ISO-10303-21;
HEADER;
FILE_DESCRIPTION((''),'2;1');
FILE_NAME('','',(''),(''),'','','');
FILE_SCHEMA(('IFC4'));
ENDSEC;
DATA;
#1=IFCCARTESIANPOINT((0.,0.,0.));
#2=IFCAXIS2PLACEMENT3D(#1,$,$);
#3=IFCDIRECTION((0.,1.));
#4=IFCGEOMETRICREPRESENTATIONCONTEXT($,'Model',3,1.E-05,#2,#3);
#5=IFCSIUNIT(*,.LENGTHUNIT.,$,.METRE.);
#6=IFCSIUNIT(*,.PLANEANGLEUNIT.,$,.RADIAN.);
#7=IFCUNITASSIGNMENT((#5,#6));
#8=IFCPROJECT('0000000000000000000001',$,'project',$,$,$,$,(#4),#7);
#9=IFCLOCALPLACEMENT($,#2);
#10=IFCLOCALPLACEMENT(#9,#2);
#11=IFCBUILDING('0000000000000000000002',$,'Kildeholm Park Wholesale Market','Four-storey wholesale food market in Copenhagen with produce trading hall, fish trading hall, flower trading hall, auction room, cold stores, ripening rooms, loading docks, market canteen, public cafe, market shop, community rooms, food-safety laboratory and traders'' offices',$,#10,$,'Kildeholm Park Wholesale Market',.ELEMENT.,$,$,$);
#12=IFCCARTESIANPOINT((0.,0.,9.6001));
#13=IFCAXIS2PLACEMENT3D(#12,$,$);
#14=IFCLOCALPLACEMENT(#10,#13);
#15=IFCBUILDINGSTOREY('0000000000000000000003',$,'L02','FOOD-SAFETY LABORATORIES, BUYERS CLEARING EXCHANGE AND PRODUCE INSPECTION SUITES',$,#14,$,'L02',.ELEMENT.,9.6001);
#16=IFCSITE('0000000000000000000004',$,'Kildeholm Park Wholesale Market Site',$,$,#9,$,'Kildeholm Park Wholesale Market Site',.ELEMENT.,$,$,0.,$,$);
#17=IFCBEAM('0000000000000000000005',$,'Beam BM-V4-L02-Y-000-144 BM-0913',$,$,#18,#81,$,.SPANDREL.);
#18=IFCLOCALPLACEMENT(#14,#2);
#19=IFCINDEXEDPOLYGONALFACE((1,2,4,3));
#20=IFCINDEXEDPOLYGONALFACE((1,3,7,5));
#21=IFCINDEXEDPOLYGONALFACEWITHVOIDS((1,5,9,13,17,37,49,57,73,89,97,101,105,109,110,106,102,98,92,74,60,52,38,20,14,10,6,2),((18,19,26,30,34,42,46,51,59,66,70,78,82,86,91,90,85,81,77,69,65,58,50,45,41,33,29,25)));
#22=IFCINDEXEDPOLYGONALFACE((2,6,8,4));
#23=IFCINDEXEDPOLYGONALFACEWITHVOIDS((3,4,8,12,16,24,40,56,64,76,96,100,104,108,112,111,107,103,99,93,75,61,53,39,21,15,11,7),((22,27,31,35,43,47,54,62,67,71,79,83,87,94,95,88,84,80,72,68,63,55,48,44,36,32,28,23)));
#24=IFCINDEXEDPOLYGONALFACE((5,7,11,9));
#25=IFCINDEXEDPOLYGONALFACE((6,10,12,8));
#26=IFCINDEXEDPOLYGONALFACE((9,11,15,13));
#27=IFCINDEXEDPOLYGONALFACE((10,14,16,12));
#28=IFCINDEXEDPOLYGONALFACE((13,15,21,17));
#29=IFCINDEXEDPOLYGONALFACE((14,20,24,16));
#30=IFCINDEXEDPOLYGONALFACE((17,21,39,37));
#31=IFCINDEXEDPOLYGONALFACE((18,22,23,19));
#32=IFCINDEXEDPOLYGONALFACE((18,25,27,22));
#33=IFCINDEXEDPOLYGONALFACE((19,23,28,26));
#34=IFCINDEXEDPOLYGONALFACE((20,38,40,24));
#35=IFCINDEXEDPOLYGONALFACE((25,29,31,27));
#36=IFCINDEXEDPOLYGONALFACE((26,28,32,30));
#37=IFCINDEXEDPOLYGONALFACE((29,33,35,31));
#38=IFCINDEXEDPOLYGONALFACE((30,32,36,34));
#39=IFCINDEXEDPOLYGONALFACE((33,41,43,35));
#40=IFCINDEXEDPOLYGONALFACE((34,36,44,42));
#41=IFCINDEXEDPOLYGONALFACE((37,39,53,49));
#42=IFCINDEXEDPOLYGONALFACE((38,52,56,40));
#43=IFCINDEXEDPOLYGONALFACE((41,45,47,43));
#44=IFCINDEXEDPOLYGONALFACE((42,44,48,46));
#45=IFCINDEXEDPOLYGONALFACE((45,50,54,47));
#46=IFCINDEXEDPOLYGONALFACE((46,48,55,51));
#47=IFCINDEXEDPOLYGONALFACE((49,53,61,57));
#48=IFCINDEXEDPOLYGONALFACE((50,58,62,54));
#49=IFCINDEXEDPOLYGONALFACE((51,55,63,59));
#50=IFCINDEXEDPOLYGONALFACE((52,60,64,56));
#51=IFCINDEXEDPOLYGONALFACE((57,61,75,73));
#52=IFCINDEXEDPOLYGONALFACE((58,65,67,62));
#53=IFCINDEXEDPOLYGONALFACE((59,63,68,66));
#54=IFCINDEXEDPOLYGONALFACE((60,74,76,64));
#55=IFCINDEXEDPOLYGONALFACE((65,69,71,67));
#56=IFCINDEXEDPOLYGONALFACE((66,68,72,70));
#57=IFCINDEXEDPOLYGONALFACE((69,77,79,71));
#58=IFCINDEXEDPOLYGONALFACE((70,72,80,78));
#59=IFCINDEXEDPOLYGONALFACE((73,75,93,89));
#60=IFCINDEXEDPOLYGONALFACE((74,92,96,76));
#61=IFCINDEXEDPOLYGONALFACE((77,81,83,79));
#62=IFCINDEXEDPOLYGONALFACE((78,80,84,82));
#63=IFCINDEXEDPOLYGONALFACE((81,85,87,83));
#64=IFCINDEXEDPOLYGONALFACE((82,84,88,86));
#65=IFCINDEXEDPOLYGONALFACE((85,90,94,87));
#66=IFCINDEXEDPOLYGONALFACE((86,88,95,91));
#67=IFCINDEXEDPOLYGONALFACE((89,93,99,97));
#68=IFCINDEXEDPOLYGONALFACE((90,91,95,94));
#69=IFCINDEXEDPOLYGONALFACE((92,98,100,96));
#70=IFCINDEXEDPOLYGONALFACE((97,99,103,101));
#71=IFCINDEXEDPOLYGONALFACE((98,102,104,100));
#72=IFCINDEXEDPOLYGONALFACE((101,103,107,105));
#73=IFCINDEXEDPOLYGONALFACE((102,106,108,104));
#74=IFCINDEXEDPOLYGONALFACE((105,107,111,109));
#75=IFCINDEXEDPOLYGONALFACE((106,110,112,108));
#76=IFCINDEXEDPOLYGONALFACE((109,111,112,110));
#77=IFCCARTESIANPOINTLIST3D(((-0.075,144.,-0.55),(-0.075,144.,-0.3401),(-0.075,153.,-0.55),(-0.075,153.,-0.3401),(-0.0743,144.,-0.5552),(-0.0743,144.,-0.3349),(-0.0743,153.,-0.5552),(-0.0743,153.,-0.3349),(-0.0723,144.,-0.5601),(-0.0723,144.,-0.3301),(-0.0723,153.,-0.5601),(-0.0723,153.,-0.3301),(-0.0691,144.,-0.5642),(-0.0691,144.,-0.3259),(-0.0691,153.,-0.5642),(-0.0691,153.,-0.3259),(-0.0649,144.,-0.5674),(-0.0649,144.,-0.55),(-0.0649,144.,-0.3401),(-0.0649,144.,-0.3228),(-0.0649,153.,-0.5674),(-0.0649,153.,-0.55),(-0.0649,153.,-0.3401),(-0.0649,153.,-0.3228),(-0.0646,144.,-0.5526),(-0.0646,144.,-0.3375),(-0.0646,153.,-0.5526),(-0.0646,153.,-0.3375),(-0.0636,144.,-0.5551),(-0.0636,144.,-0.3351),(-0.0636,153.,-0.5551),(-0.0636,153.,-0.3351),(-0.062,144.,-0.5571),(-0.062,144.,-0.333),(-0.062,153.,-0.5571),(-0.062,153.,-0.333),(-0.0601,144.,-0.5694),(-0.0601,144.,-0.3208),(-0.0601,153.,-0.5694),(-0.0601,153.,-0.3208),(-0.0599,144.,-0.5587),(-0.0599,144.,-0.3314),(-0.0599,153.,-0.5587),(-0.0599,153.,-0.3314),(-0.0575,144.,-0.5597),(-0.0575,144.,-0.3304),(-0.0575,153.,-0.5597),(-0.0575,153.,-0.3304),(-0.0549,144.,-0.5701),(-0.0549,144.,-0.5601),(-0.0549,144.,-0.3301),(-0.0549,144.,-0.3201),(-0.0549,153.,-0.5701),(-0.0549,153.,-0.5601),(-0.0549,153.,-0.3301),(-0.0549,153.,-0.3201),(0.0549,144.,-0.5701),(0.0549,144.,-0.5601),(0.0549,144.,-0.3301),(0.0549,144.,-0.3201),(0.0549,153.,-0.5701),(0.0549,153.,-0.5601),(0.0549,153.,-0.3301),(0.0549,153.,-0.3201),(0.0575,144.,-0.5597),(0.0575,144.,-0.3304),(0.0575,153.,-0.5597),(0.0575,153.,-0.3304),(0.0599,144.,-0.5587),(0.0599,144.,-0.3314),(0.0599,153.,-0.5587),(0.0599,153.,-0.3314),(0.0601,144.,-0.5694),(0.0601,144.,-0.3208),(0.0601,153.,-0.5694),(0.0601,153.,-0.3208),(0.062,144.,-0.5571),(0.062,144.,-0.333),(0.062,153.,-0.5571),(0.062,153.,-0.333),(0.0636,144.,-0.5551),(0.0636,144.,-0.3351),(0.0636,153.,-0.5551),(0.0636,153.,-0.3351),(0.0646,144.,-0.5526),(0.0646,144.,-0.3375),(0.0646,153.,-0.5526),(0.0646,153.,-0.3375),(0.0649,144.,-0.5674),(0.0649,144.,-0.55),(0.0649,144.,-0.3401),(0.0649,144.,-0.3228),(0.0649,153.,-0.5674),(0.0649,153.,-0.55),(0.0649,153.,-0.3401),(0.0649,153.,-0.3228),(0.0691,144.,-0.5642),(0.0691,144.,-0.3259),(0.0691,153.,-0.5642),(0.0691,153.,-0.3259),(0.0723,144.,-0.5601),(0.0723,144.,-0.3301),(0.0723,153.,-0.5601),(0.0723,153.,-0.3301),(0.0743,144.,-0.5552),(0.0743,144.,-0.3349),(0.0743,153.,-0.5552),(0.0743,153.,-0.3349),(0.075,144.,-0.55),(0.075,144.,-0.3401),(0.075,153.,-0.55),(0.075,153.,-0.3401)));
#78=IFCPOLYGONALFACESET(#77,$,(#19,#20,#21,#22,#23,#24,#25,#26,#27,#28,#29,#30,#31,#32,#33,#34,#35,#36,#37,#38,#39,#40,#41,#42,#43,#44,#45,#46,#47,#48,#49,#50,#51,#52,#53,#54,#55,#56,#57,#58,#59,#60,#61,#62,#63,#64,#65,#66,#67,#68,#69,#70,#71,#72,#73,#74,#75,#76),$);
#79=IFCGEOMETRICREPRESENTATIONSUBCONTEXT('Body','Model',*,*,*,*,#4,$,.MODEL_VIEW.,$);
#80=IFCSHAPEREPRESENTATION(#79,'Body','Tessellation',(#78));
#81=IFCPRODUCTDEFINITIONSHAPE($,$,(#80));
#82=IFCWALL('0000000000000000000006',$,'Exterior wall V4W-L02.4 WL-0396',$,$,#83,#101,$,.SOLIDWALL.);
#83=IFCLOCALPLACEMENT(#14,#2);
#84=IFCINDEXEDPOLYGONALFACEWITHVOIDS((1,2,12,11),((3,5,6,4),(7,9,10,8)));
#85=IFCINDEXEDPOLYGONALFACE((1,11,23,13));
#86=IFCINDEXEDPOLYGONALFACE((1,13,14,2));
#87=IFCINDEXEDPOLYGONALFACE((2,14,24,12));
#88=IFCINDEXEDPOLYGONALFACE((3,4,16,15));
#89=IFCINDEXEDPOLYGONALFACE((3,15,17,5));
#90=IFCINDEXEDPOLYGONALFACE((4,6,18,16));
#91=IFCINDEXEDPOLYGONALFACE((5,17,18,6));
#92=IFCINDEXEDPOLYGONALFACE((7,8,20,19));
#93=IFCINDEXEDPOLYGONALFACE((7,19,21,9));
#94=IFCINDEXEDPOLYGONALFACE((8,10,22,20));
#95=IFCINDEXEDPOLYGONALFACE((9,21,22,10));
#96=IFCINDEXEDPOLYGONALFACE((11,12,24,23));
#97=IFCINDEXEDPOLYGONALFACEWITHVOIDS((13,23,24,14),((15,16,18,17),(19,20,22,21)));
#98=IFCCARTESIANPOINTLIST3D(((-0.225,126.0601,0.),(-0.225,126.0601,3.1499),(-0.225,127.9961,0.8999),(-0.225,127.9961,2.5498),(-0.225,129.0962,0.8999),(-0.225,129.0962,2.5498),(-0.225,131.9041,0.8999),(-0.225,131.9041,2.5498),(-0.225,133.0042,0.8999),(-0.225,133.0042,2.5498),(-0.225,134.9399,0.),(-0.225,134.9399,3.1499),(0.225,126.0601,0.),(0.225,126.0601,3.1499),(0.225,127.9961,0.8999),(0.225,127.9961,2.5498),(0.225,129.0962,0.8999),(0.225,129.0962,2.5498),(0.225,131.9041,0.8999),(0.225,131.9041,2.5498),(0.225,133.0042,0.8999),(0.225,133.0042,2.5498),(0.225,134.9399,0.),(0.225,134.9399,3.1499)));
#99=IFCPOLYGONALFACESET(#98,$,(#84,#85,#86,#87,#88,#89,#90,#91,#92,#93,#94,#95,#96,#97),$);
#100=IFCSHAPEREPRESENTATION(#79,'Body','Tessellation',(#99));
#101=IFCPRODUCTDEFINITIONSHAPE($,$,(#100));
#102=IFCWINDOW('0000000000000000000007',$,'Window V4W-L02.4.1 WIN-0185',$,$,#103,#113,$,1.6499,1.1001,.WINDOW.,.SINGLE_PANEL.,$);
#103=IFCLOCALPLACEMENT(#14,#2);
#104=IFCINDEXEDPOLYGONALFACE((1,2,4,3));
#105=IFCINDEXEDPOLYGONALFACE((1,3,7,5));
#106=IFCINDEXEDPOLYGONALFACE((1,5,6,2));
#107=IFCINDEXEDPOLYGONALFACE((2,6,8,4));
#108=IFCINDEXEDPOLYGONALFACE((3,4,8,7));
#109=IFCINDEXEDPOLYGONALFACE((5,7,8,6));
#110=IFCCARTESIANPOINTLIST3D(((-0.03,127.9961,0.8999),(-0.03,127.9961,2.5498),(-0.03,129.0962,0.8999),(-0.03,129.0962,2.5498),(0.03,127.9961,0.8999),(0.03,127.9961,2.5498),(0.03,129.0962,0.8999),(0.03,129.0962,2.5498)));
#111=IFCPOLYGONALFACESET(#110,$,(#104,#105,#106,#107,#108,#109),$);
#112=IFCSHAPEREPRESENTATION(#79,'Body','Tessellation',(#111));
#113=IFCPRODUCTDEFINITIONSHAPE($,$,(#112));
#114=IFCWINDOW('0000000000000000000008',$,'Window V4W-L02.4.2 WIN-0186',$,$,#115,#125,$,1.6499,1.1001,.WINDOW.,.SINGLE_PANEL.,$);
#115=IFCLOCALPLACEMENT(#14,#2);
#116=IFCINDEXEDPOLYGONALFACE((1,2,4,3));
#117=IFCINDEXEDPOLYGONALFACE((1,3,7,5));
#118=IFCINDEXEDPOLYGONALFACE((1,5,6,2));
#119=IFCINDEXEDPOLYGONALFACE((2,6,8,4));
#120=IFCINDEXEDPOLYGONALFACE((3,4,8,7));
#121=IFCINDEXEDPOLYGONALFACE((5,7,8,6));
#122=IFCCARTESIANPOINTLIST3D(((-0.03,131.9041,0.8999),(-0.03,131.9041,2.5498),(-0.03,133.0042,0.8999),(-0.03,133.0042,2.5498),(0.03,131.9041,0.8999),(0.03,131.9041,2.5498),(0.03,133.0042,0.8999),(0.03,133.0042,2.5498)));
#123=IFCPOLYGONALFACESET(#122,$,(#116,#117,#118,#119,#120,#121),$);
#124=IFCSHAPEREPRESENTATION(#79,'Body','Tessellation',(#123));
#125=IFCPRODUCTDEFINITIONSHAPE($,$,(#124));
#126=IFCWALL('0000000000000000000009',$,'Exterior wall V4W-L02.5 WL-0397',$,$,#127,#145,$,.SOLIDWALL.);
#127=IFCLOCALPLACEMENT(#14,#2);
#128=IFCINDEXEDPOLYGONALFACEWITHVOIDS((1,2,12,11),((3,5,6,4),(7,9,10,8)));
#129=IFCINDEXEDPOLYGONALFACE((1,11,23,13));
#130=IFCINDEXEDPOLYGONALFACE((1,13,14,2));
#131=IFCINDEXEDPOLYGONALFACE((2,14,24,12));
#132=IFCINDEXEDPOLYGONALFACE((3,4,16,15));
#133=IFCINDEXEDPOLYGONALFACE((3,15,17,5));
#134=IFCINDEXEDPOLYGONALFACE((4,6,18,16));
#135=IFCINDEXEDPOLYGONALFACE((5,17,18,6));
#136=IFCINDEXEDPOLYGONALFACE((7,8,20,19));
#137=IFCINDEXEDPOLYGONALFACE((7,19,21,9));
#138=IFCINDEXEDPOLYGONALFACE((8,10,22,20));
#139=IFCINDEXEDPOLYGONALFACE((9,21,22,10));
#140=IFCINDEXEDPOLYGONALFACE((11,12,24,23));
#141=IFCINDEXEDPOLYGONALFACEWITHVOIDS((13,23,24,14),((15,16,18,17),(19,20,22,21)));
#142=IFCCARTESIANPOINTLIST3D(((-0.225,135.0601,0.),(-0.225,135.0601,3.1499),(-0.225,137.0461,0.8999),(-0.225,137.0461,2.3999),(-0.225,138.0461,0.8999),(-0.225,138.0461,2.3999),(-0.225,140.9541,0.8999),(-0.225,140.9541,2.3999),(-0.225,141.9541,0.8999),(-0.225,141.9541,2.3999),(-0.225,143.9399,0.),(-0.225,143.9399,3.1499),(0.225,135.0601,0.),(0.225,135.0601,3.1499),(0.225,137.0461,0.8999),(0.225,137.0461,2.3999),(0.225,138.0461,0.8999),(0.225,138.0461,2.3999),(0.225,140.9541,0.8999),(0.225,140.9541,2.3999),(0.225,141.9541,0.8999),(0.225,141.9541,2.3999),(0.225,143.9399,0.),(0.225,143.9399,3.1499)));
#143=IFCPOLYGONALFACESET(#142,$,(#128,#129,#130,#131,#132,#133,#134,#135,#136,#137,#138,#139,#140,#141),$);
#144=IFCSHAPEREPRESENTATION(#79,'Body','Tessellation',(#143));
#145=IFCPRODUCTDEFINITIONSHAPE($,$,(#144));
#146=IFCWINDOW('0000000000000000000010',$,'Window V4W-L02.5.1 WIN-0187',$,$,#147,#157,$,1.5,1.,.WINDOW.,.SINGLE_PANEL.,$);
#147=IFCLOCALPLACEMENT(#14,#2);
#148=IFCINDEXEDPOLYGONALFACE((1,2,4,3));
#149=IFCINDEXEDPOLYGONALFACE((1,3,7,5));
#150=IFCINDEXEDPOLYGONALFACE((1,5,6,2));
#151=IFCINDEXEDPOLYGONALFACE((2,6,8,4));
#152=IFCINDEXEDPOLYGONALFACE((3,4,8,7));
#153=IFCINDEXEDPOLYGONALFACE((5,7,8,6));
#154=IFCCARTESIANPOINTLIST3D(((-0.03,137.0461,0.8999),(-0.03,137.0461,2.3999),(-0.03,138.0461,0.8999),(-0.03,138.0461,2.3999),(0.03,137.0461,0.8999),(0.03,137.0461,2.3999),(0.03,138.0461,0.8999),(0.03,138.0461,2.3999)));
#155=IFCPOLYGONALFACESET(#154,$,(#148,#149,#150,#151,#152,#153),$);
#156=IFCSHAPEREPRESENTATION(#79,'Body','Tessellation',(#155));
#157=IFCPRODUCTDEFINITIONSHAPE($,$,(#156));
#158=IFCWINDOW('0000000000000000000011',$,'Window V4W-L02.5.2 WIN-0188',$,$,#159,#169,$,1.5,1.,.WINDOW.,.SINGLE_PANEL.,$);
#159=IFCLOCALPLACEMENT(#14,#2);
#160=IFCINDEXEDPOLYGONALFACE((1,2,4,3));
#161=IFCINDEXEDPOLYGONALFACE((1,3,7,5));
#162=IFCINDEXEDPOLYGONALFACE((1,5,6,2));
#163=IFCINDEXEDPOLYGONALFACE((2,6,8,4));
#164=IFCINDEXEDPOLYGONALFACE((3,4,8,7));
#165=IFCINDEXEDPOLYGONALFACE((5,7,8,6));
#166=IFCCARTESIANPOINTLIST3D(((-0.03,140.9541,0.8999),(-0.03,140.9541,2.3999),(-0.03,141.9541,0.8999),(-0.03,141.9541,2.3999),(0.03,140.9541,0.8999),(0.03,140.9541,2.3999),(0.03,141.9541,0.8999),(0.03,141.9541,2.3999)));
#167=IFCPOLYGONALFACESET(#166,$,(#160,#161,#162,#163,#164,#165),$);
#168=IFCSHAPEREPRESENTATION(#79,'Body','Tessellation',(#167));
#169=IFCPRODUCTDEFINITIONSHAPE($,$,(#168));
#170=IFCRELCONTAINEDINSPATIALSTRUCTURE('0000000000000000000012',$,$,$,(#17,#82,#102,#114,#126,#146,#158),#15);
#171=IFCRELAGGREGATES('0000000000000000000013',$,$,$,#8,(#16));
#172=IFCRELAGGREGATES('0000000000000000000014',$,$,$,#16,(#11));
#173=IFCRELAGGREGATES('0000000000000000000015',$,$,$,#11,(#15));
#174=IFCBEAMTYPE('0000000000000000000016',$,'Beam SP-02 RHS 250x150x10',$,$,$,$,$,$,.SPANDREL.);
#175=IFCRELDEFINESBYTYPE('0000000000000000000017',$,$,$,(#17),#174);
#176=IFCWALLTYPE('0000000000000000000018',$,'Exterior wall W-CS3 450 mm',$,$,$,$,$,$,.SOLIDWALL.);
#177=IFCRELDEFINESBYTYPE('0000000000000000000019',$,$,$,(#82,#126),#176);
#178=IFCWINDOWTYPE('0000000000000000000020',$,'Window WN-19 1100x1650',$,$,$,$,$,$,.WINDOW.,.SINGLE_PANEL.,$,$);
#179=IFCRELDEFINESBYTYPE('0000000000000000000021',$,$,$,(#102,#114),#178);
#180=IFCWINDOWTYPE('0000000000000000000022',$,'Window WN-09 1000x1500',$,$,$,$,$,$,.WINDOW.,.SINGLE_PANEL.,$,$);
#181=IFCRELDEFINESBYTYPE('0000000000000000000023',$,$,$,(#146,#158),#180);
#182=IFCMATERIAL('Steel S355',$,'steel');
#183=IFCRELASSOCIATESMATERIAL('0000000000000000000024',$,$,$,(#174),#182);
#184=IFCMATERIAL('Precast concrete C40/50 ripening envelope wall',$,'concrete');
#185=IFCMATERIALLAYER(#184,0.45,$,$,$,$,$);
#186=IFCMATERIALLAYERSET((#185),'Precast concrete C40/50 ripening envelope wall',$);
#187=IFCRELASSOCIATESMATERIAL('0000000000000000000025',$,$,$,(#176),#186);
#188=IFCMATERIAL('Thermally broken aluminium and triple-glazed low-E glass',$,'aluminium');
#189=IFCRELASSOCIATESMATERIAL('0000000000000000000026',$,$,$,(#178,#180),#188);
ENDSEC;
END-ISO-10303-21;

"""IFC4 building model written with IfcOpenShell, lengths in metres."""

from ifc_helpers import new_model, si_unit, direction, frame, frame_2d, origin, origin_2d, place, context, subcontext, project, spatial, rectangle, hollow_rectangle, extrude, material, layer, layer_set, material_profile, profile_set, type_object, element, fill, save


model = new_model("IFC4")

# Units and contexts
model_context = context("Model", 3, precision=1e-05, world=origin(), true_north=direction((0.0, 1.0)))
body_context = subcontext(model_context, "Body", "Model", "MODEL_VIEW")
ifc_project = project(units=[si_unit("LENGTHUNIT", "METRE"), si_unit("PLANEANGLEUNIT", "RADIAN")], contexts=[model_context])

# Site, building, storey
site_placement = place(None, origin())
site = spatial("IfcSite", under=ifc_project, at=site_placement, Name="Kildeholm Park Wholesale Market Site", LongName="Kildeholm Park Wholesale Market Site", CompositionType="ELEMENT", RefElevation=0.0)
building_placement = place(site_placement, origin())
building = spatial("IfcBuilding", under=site, at=building_placement, Name="Kildeholm Park Wholesale Market", Description="Four-storey wholesale food market in Copenhagen with produce trading hall, fish trading hall, flower trading hall, auction room, cold stores, ripening rooms, loading docks, market canteen, public cafe, market shop, community rooms, food-safety laboratory and traders' offices", LongName="Kildeholm Park Wholesale Market", CompositionType="ELEMENT")
storey_placement = place(building_placement, frame((0.0, 0.0, 9.6001)))
storey = spatial("IfcBuildingStorey", under=building, at=storey_placement, Name="L02", Description="FOOD-SAFETY LABORATORIES, BUYERS CLEARING EXCHANGE AND PRODUCE INSPECTION SUITES", LongName="L02", CompositionType="ELEMENT", Elevation=9.6001)

# Beam
ifc_material_1 = material(Name="Steel S355", Category="steel")
ifc_material_profile_1 = material_profile(ifc_material_1, hollow_rectangle(XDim=0.1499, YDim=0.25, WallThickness=0.01, InnerFilletRadius=0.01, OuterFilletRadius=0.02, at=origin_2d()), Name="RHS 250x150x10")
ifc_profile_set_1 = profile_set([ifc_material_profile_1], Name="Steel S355")
beam_type_1 = type_object("IfcBeamType", Name="Beam SP-02 RHS 250x150x10", PredefinedType="SPANDREL", material=ifc_profile_set_1)
for number, where, z_axis, x_axis, name in (
    (1, (0.0, 144.0, -0.4451), (0.0, 1.0, 0.0), (-1.0, 0.0, 0.0), "Beam BM-V4-L02-Y-000-144 BM-0913"),
):
    element("IfcBeam", number, at=place(storey_placement, frame(where, z_axis=z_axis, x_axis=x_axis)), inside=storey, type_object=beam_type_1, Name=name, PredefinedType="SPANDREL", context=body_context, shape_type="SweptSolid", body=[
        extrude(hollow_rectangle(XDim=0.1499, YDim=0.25, WallThickness=0.01, InnerFilletRadius=0.01, OuterFilletRadius=0.02, at=origin_2d()), origin(), (0.0, 0.0, 1.0), 9.0),
    ])

# Walls, openings, windows
ifc_material_2 = material(Name="Precast concrete C40/50 ripening envelope wall", Category="concrete")
ifc_layer_1 = layer(ifc_material_2, 0.45)
ifc_layer_set_1 = layer_set([ifc_layer_1], Name="Precast concrete C40/50 ripening envelope wall")
wall_type_1 = type_object("IfcWallType", Name="Exterior wall W-CS3 450 mm", PredefinedType="SOLIDWALL", material=ifc_layer_set_1)
wall_1_placement = place(storey_placement, frame((0.0, 126.0601, 0.0), z_axis=(0.0, 0.0, 1.0), x_axis=(0.0, 1.0, 0.0)))
wall_1 = element("IfcWall", 2, at=wall_1_placement, inside=storey, type_object=wall_type_1, Name="Exterior wall V4W-L02.4 WL-0396", PredefinedType="SOLIDWALL", context=body_context, shape_type="SweptSolid", body=[
    extrude(rectangle(XDim=8.8799, YDim=0.45, at=frame_2d((4.4399, 0.0))), origin(), (0.0, 0.0, 1.0), 3.1499),
])
opening_1_placement = place(wall_1_placement, frame((1.936, 0.0, 0.8999)))
opening_1 = element("IfcOpeningElement", 3, at=opening_1_placement, cuts=wall_1, PredefinedType="OPENING", context=body_context, shape_type="SweptSolid", body=[
    extrude(rectangle(XDim=1.1001, YDim=1.6499, at=frame_2d((0.55, 0.825))), frame((0.0, 0.2349, 0.0), z_axis=(0.0, -1.0, 0.0), x_axis=(1.0, 0.0, 0.0)), (0.0, 0.0, 1.0), 0.47),
])
opening_2_placement = place(wall_1_placement, frame((5.844, 0.0, 0.8999)))
opening_2 = element("IfcOpeningElement", 4, at=opening_2_placement, cuts=wall_1, PredefinedType="OPENING", context=body_context, shape_type="SweptSolid", body=[
    extrude(rectangle(XDim=1.1001, YDim=1.6499, at=frame_2d((0.55, 0.825))), frame((0.0, 0.2349, 0.0), z_axis=(0.0, -1.0, 0.0), x_axis=(1.0, 0.0, 0.0)), (0.0, 0.0, 1.0), 0.47),
])
ifc_material_3 = material(Name="Thermally broken aluminium and triple-glazed low-E glass", Category="aluminium")
window_type_1 = type_object("IfcWindowType", Name="Window WN-19 1100x1650", PartitioningType="SINGLE_PANEL", PredefinedType="WINDOW", material=ifc_material_3)
window_1_placement = place(opening_1_placement, origin())
window_1 = element("IfcWindow", 5, at=window_1_placement, inside=storey, type_object=window_type_1, Name="Window V4W-L02.4.1 WIN-0185", OverallHeight=1.6499, OverallWidth=1.1001, PartitioningType="SINGLE_PANEL", PredefinedType="WINDOW", context=body_context, shape_type="SweptSolid", body=[
    extrude(rectangle(XDim=1.1001, YDim=1.6499, at=frame_2d((0.55, 0.825))), frame((0.0, 0.03, 0.0), z_axis=(0.0, -1.0, 0.0), x_axis=(1.0, 0.0, 0.0)), (0.0, 0.0, 1.0), 0.0601),
])
fill(opening_1, window_1)
window_2_placement = place(opening_2_placement, origin())
window_2 = element("IfcWindow", 6, at=window_2_placement, inside=storey, type_object=window_type_1, Name="Window V4W-L02.4.2 WIN-0186", OverallHeight=1.6499, OverallWidth=1.1001, PartitioningType="SINGLE_PANEL", PredefinedType="WINDOW", context=body_context, shape_type="SweptSolid", body=[
    extrude(rectangle(XDim=1.1001, YDim=1.6499, at=frame_2d((0.55, 0.825))), frame((0.0, 0.03, 0.0), z_axis=(0.0, -1.0, 0.0), x_axis=(1.0, 0.0, 0.0)), (0.0, 0.0, 1.0), 0.0601),
])
fill(opening_2, window_2)
wall_2_placement = place(storey_placement, frame((0.0, 135.0601, 0.0), z_axis=(0.0, 0.0, 1.0), x_axis=(0.0, 1.0, 0.0)))
wall_2 = element("IfcWall", 7, at=wall_2_placement, inside=storey, type_object=wall_type_1, Name="Exterior wall V4W-L02.5 WL-0397", PredefinedType="SOLIDWALL", context=body_context, shape_type="SweptSolid", body=[
    extrude(rectangle(XDim=8.8799, YDim=0.45, at=frame_2d((4.4399, 0.0))), origin(), (0.0, 0.0, 1.0), 3.1499),
])
opening_3_placement = place(wall_2_placement, frame((1.9861, 0.0, 0.8999)))
opening_3 = element("IfcOpeningElement", 8, at=opening_3_placement, cuts=wall_2, PredefinedType="OPENING", context=body_context, shape_type="SweptSolid", body=[
    extrude(rectangle(XDim=1.0, YDim=1.5, at=frame_2d((0.5, 0.75))), frame((0.0, 0.2349, 0.0), z_axis=(0.0, -1.0, 0.0), x_axis=(1.0, 0.0, 0.0)), (0.0, 0.0, 1.0), 0.47),
])
opening_4_placement = place(wall_2_placement, frame((5.894, 0.0, 0.8999)))
opening_4 = element("IfcOpeningElement", 9, at=opening_4_placement, cuts=wall_2, PredefinedType="OPENING", context=body_context, shape_type="SweptSolid", body=[
    extrude(rectangle(XDim=1.0, YDim=1.5, at=frame_2d((0.5, 0.75))), frame((0.0, 0.2349, 0.0), z_axis=(0.0, -1.0, 0.0), x_axis=(1.0, 0.0, 0.0)), (0.0, 0.0, 1.0), 0.47),
])
window_type_2 = type_object("IfcWindowType", Name="Window WN-09 1000x1500", PartitioningType="SINGLE_PANEL", PredefinedType="WINDOW", material=ifc_material_3)
window_3_placement = place(opening_3_placement, origin())
window_3 = element("IfcWindow", 10, at=window_3_placement, inside=storey, type_object=window_type_2, Name="Window V4W-L02.5.1 WIN-0187", OverallHeight=1.5, OverallWidth=1.0, PartitioningType="SINGLE_PANEL", PredefinedType="WINDOW", context=body_context, shape_type="SweptSolid", body=[
    extrude(rectangle(XDim=1.0, YDim=1.5, at=frame_2d((0.5, 0.75))), frame((0.0, 0.03, 0.0), z_axis=(0.0, -1.0, 0.0), x_axis=(1.0, 0.0, 0.0)), (0.0, 0.0, 1.0), 0.0601),
])
fill(opening_3, window_3)
window_4_placement = place(opening_4_placement, origin())
window_4 = element("IfcWindow", 11, at=window_4_placement, inside=storey, type_object=window_type_2, Name="Window V4W-L02.5.2 WIN-0188", OverallHeight=1.5, OverallWidth=1.0, PartitioningType="SINGLE_PANEL", PredefinedType="WINDOW", context=body_context, shape_type="SweptSolid", body=[
    extrude(rectangle(XDim=1.0, YDim=1.5, at=frame_2d((0.5, 0.75))), frame((0.0, 0.03, 0.0), z_axis=(0.0, -1.0, 0.0), x_axis=(1.0, 0.0, 0.0)), (0.0, 0.0, 1.0), 0.0601),
])
fill(opening_4, window_4)

save(model, "model.ifc")
